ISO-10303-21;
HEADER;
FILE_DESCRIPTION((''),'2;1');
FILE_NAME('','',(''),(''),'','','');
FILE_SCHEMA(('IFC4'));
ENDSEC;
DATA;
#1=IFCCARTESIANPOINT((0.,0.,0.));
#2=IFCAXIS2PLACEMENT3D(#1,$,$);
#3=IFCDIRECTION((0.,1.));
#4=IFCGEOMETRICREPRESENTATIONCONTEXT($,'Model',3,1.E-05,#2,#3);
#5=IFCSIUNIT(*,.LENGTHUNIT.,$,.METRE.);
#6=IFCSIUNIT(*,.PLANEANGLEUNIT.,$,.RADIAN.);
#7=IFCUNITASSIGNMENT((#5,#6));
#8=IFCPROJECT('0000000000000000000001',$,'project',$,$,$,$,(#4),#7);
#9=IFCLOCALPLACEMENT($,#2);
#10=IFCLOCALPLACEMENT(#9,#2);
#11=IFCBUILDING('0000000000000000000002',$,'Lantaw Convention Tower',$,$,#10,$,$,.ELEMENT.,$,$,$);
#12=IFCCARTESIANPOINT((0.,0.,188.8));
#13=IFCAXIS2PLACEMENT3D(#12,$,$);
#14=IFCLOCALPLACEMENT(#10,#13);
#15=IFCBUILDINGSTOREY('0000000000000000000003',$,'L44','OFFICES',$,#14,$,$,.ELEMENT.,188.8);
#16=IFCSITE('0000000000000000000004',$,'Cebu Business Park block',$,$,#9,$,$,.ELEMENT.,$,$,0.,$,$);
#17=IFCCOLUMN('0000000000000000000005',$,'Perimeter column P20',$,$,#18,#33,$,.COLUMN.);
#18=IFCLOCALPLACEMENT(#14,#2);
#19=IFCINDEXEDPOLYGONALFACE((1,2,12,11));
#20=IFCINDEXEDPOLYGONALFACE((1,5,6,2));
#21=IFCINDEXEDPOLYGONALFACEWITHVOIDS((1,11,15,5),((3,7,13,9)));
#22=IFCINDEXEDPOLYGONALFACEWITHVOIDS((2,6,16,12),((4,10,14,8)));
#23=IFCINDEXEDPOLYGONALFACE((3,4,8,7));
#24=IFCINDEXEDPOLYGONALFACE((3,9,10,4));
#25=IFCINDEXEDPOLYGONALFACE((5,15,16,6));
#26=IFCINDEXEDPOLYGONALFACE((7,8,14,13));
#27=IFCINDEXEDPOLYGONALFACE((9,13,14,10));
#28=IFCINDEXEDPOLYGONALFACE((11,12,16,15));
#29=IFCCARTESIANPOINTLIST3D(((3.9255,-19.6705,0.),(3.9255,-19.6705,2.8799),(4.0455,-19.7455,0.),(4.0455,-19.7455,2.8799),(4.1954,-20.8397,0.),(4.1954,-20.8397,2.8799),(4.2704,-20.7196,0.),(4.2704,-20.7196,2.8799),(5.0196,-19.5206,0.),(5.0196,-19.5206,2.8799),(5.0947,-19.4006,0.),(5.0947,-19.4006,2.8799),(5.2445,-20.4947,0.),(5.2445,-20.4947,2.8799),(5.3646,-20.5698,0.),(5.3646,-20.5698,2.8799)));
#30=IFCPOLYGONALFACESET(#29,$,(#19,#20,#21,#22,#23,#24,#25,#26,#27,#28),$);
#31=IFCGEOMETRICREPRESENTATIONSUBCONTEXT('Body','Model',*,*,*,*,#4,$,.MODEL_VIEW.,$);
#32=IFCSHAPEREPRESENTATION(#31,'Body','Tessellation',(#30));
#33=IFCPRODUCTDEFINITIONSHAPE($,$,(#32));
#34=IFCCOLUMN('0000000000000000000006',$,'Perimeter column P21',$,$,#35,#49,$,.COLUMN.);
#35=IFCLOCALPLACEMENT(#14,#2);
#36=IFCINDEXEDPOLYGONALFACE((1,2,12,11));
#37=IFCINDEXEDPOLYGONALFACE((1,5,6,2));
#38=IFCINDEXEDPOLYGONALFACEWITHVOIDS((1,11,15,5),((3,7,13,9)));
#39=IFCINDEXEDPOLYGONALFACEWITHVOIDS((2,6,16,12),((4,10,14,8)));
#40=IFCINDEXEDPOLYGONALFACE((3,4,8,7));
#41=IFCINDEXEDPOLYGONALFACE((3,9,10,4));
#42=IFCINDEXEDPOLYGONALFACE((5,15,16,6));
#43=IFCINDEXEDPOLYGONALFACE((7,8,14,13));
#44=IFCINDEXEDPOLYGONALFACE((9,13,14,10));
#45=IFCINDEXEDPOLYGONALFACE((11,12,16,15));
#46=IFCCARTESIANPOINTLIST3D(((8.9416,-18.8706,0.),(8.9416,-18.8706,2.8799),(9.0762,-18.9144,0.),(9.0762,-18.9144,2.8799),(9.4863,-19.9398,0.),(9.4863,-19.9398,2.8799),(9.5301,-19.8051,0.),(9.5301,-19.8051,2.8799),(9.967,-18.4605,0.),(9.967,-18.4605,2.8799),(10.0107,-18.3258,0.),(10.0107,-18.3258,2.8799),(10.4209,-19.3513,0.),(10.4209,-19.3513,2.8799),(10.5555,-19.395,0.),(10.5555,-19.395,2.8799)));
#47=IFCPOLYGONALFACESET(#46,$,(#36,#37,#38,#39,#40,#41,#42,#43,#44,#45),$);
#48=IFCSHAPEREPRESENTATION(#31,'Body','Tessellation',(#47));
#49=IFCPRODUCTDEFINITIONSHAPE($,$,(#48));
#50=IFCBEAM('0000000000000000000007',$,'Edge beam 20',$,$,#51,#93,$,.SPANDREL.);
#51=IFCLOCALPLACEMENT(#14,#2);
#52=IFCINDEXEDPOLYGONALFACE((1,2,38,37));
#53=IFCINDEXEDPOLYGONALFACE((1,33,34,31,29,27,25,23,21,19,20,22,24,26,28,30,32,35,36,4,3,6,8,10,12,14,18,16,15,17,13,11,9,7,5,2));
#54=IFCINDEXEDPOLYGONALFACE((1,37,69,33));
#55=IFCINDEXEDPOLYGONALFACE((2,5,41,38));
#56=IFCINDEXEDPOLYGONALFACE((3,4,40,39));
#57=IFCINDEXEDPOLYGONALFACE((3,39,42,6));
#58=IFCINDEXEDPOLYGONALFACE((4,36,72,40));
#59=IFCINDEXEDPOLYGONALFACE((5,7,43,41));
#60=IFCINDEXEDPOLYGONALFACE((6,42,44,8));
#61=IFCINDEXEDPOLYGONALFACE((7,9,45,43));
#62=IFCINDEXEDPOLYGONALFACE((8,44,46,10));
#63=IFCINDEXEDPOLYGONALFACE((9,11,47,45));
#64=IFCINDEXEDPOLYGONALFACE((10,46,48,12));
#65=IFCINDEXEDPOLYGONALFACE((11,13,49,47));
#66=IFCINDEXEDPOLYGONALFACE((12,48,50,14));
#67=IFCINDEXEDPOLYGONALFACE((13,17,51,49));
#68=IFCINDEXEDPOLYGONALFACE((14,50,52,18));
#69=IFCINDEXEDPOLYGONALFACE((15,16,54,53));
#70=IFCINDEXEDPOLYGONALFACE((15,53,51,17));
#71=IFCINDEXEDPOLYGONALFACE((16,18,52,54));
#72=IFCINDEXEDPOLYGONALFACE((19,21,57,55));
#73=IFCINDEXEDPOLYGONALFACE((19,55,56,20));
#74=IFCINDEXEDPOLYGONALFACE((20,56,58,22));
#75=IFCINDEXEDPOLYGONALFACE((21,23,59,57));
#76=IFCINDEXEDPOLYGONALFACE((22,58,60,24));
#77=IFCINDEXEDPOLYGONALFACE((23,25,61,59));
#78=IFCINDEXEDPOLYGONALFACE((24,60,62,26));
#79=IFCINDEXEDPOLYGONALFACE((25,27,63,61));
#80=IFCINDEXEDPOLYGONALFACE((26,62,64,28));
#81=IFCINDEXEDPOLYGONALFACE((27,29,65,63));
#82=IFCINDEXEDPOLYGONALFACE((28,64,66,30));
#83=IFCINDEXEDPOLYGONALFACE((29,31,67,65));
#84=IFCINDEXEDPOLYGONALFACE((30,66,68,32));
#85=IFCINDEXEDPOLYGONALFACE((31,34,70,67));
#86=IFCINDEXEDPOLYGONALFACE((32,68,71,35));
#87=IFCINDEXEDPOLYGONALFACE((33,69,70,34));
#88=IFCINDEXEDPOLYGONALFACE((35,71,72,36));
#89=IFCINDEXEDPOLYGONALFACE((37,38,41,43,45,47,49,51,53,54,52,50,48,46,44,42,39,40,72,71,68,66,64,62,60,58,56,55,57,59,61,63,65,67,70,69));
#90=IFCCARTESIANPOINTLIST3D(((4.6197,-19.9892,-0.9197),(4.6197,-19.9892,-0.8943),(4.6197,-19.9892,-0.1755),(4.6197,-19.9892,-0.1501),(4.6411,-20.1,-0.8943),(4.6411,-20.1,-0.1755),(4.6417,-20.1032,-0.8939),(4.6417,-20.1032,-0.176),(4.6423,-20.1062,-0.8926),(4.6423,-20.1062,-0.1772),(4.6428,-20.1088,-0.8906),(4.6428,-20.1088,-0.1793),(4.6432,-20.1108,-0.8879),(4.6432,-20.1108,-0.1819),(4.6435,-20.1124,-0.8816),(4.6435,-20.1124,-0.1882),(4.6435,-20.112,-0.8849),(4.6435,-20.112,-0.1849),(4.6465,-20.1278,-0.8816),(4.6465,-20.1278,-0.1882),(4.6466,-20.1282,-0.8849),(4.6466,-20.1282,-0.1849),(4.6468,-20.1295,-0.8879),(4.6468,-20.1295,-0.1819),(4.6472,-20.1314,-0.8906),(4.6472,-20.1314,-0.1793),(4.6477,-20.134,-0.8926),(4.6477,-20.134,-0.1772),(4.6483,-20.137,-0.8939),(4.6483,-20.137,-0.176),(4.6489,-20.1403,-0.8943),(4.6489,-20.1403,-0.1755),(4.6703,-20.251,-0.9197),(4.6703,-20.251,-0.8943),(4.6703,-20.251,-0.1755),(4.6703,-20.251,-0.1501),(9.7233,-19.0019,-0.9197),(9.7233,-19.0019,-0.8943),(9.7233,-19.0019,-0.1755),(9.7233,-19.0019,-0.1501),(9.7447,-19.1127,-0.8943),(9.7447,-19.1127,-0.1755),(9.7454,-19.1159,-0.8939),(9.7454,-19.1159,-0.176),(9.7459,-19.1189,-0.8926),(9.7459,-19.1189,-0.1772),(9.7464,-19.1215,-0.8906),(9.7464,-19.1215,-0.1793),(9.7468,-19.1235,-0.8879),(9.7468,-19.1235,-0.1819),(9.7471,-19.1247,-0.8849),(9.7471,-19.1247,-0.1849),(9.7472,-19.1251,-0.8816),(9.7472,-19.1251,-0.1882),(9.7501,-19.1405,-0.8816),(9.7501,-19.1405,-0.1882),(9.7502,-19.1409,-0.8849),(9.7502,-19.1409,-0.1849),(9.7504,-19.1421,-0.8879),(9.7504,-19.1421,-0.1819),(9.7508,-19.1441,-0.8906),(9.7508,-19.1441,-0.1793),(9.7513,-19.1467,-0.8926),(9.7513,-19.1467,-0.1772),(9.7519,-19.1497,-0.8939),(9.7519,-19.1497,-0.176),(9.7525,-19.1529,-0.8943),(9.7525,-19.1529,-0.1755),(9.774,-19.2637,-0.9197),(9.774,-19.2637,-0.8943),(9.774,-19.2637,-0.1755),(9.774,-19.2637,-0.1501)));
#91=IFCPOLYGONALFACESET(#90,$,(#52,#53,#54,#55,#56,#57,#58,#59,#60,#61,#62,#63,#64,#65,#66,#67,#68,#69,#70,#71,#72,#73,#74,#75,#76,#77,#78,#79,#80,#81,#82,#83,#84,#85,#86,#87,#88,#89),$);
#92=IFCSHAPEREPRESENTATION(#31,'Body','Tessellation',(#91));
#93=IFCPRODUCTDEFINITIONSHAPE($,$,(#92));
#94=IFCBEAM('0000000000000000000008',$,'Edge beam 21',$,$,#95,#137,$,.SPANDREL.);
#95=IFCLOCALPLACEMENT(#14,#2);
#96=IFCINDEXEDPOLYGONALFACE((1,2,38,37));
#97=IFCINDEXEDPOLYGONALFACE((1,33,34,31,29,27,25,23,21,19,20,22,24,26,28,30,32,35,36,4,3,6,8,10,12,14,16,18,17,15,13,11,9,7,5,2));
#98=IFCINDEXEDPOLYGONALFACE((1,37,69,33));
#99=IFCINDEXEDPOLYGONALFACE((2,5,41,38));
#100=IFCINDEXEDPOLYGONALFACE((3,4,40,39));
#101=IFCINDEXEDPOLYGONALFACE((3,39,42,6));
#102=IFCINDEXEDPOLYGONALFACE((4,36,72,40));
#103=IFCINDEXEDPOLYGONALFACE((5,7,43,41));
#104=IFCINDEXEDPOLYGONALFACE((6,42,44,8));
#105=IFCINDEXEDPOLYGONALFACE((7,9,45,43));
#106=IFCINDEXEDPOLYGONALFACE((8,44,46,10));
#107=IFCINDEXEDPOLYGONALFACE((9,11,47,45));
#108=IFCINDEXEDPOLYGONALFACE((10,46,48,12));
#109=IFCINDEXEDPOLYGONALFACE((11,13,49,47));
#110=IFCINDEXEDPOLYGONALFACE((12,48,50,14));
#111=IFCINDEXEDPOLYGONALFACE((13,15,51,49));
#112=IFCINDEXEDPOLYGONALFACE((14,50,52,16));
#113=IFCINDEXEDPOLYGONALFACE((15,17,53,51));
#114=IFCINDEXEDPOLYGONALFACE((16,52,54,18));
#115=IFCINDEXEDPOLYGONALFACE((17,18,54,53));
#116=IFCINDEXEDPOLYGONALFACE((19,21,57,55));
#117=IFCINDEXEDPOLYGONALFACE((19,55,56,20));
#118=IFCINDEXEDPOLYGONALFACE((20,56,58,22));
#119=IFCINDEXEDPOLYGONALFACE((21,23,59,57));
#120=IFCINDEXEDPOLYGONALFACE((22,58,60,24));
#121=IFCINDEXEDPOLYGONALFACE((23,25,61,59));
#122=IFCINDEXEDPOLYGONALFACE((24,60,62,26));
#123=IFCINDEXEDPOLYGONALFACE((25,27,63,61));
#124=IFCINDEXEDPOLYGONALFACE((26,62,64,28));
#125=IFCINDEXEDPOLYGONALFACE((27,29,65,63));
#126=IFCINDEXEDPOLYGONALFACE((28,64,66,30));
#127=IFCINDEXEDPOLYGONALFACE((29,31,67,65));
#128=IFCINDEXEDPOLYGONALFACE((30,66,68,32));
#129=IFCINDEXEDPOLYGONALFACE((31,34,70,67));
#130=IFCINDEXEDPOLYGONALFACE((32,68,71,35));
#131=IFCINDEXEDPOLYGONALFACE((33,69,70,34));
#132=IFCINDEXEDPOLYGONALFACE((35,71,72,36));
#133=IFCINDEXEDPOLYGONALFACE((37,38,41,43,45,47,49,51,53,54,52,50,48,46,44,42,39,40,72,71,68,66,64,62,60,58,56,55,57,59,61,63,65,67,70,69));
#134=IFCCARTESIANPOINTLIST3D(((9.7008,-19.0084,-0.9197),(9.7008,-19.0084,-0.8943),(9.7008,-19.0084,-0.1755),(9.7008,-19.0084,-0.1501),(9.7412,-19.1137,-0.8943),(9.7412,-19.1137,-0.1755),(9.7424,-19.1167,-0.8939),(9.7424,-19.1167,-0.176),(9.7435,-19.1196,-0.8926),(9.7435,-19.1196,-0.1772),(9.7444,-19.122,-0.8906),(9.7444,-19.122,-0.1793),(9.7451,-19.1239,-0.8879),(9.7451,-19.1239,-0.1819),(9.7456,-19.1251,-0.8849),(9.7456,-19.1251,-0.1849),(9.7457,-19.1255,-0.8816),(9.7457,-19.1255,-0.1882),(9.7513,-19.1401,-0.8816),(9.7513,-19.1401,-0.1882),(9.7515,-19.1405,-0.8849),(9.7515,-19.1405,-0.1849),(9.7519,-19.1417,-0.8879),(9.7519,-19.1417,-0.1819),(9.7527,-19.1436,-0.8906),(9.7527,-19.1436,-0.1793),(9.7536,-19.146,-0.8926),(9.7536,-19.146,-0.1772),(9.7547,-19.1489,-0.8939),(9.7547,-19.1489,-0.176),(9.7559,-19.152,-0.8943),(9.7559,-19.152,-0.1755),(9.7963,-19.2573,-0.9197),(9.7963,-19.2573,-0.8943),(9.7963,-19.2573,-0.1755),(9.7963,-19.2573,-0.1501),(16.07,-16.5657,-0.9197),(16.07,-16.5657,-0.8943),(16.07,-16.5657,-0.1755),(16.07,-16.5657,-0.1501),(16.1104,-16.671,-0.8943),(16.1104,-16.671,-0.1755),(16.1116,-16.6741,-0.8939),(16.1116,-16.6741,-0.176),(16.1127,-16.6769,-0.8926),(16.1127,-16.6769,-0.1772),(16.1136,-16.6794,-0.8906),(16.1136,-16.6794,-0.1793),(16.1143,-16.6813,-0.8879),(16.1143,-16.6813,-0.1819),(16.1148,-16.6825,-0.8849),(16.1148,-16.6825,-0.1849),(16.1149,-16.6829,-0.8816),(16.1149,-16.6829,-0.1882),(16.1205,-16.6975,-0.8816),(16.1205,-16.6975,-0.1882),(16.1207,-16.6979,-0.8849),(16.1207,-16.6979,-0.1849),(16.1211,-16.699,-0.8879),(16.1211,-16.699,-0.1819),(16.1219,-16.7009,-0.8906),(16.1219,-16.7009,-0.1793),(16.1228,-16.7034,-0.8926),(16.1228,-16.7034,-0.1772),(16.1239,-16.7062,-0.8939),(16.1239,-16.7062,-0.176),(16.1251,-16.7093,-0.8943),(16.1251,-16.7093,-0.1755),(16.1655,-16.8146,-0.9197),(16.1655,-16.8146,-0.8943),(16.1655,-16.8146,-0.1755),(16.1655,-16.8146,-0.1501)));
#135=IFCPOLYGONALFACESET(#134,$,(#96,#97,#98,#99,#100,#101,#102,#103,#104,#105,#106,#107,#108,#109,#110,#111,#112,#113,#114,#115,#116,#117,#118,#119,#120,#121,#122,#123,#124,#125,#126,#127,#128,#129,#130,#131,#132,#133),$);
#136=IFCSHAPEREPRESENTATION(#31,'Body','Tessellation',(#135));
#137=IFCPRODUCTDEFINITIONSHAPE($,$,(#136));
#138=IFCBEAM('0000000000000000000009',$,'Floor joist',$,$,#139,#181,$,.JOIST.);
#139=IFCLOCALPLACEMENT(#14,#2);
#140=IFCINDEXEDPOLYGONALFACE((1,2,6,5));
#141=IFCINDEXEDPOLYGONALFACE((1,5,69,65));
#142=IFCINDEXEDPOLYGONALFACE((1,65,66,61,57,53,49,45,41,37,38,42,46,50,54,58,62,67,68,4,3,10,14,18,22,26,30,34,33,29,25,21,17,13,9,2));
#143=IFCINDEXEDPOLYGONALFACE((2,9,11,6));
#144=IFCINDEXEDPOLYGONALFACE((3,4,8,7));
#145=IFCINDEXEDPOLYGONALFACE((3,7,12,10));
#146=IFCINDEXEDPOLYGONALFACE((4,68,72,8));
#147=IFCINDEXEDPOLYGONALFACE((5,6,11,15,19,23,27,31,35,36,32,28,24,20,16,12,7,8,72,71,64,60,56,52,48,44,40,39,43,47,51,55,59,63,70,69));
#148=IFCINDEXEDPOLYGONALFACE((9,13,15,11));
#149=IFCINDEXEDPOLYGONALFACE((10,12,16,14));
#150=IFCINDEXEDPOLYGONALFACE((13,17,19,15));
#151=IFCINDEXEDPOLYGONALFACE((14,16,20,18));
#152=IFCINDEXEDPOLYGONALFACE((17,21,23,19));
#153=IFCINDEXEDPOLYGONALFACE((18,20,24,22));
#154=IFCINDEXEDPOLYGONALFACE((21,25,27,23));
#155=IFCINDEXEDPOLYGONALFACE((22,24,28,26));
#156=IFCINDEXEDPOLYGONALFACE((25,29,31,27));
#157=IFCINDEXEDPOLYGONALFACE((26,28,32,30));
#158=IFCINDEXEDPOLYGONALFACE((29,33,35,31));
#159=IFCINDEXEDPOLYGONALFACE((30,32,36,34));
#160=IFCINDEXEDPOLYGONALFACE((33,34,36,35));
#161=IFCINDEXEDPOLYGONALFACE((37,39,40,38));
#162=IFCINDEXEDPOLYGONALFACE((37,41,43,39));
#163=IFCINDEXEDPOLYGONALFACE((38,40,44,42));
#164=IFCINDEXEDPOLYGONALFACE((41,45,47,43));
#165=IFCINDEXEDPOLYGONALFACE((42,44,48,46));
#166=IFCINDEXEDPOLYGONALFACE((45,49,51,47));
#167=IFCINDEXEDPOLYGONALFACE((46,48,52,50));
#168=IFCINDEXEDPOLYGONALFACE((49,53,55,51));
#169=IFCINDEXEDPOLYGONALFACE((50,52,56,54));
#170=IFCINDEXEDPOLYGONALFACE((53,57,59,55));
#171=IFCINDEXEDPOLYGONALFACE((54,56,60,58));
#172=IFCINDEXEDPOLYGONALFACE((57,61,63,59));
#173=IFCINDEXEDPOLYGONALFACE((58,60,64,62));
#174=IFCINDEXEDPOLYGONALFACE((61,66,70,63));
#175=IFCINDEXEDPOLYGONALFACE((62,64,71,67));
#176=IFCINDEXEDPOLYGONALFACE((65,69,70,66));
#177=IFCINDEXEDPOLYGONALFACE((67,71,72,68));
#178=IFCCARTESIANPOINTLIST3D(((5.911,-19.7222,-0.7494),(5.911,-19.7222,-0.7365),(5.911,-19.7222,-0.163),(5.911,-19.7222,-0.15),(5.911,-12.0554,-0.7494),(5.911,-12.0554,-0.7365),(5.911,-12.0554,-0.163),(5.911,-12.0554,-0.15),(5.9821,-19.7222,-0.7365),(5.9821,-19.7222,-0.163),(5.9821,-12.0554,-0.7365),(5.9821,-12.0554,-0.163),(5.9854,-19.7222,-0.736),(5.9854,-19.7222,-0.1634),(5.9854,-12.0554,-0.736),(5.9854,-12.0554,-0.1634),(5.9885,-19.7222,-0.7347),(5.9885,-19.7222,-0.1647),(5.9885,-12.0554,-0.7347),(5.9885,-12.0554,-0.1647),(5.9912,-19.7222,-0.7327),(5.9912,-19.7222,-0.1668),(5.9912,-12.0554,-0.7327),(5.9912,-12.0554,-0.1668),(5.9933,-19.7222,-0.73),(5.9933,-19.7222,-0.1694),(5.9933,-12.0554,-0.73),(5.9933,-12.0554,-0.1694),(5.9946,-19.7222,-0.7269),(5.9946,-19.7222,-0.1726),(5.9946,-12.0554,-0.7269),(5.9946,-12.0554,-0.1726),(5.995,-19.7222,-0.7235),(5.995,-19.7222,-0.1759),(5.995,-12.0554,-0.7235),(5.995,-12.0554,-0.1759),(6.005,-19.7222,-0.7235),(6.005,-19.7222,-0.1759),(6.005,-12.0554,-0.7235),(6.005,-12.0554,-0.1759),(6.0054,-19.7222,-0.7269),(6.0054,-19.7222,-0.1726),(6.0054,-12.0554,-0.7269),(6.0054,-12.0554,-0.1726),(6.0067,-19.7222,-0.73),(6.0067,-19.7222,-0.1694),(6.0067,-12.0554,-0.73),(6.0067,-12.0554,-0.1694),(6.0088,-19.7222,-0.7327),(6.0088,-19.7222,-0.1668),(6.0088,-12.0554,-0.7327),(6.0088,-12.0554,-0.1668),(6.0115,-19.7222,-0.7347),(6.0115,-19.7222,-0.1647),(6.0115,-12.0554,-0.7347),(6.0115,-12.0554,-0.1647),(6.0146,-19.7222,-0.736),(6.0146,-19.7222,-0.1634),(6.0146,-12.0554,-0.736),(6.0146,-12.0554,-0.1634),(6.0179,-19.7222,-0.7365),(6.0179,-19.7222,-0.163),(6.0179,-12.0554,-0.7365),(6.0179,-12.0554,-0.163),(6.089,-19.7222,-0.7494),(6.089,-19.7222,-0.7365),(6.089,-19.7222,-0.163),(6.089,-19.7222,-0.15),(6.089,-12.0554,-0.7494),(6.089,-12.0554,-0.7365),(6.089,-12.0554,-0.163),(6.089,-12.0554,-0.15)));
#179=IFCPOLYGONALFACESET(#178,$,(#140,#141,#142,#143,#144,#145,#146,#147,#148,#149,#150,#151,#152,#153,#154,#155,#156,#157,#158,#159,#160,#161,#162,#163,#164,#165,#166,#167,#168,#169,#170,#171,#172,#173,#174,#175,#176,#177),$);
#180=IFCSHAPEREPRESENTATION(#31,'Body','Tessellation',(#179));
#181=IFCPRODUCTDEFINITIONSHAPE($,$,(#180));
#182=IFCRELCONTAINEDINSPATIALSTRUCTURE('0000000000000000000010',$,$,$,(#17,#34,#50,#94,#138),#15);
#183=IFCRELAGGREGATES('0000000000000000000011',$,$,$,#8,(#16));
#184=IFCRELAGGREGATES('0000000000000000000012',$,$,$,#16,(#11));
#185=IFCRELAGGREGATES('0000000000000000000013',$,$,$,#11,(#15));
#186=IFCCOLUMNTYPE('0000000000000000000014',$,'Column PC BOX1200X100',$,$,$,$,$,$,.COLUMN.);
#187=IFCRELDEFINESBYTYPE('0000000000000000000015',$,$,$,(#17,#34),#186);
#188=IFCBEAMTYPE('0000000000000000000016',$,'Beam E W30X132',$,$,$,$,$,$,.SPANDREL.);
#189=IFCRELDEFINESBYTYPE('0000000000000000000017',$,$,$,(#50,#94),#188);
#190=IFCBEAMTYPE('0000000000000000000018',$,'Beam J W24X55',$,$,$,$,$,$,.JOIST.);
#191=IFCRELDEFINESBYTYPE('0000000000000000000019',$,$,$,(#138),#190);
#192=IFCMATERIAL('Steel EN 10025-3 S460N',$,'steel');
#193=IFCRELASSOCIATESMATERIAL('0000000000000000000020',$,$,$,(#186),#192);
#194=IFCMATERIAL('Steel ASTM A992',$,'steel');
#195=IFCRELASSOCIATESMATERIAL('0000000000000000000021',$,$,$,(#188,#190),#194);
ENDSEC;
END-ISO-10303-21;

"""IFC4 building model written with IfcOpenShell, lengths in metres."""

from ifc_helpers import new_model, si_unit, direction, frame, origin, origin_2d, place, context, subcontext, project, spatial, rectangle, hollow_rectangle, i_section, extrude, material, material_profile, profile_set, type_object, element, save


model = new_model("IFC4")

# Units and contexts
model_context = context("Model", 3, precision=1e-05, world=origin(), true_north=direction((0.0, 1.0)))
body_context = subcontext(model_context, "Body", "Model", "MODEL_VIEW")
ifc_project = project(units=[si_unit("LENGTHUNIT", "METRE"), si_unit("PLANEANGLEUNIT", "RADIAN")], contexts=[model_context])

# Site, building, storey
site_placement = place(None, origin())
site = spatial("IfcSite", under=ifc_project, at=site_placement, Name="Cebu Business Park block", CompositionType="ELEMENT", RefElevation=0.0)
building_placement = place(site_placement, origin())
building = spatial("IfcBuilding", under=site, at=building_placement, Name="Lantaw Convention Tower", CompositionType="ELEMENT")
storey_placement = place(building_placement, frame((0.0, 0.0, 188.8)))
storey = spatial("IfcBuildingStorey", under=building, at=storey_placement, Name="L44", Description="OFFICES", CompositionType="ELEMENT", Elevation=188.8)

# Columns
ifc_material_1 = material(Name="Steel EN 10025-3 S460N", Category="steel")
ifc_material_profile_1 = material_profile(ifc_material_1, hollow_rectangle(XDim=1.2, YDim=1.2, WallThickness=0.1001, at=origin_2d()), Name="BOX1200X100")
ifc_material_2 = material(Name="Concrete C60/75", Category="concrete")
ifc_material_profile_2 = material_profile(ifc_material_2, rectangle(XDim=1.0, YDim=1.0, at=origin_2d()), Name="Concrete fill of BOX1200X100")
ifc_profile_set_1 = profile_set([ifc_material_profile_1, ifc_material_profile_2], Name="Steel EN 10025-3 S460N")
column_type = type_object("IfcColumnType", Name="Column PC BOX1200X100", PredefinedType="COLUMN", material=ifc_profile_set_1)
for number, where, z_axis, x_axis, name in (
    (1, (4.645, -20.1201, 0.0), (0.0, 0.0, 1.0), (0.97437, 0.224951, 0.0), "Perimeter column P20"),
    (2, (9.7485, -19.1328, 0.0), (0.0, 0.0, 1.0), (0.891007, 0.45399, 0.0), "Perimeter column P21"),
):
    element("IfcColumn", number, at=place(storey_placement, frame(where, z_axis=z_axis, x_axis=x_axis)), inside=storey, type_object=column_type, Name=name, PredefinedType="COLUMN", context=body_context, shape_type="SweptSolid", body=[
        extrude(hollow_rectangle(XDim=1.2, YDim=1.2, WallThickness=0.1001, at=origin_2d()), origin(), (0.0, 0.0, 1.0), 2.8799),
    ])

# Beams
ifc_material_3 = material(Name="Steel ASTM A992", Category="steel")
ifc_material_profile_3 = material_profile(ifc_material_3, i_section(OverallWidth=0.2666, OverallDepth=0.7695, WebThickness=0.0156, FlangeThickness=0.0254, FilletRadius=0.0127, at=origin_2d()), Name="W30X132")
ifc_profile_set_2 = profile_set([ifc_material_profile_3], Name="Steel ASTM A992")
beam_type_1 = type_object("IfcBeamType", Name="Beam E W30X132", PredefinedType="SPANDREL", material=ifc_profile_set_2)
beam_1_placement = place(storey_placement, frame((4.645, -20.1201, -0.5349), z_axis=(0.981797, 0.189934, 0.0), x_axis=(-0.189934, 0.981797, 0.0)))
element("IfcBeam", 3, at=beam_1_placement, inside=storey, type_object=beam_type_1, Name="Edge beam 20", PredefinedType="SPANDREL", context=body_context, shape_type="SweptSolid", body=[
    extrude(i_section(OverallWidth=0.2666, OverallDepth=0.7695, WebThickness=0.0156, FlangeThickness=0.0254, FilletRadius=0.0127, at=origin_2d()), origin(), (0.0, 0.0, 1.0), 5.1982),
])
beam_2_placement = place(storey_placement, frame((9.7485, -19.1328, -0.5349), z_axis=(0.933691, 0.35808, 0.0), x_axis=(-0.35808, 0.933691, 0.0)))
element("IfcBeam", 4, at=beam_2_placement, inside=storey, type_object=beam_type_1, Name="Edge beam 21", PredefinedType="SPANDREL", context=body_context, shape_type="SweptSolid", body=[
    extrude(i_section(OverallWidth=0.2666, OverallDepth=0.7695, WebThickness=0.0156, FlangeThickness=0.0254, FilletRadius=0.0127, at=origin_2d()), origin(), (0.0, 0.0, 1.0), 6.8215),
])
ifc_material_profile_4 = material_profile(ifc_material_3, i_section(OverallWidth=0.178, OverallDepth=0.5994, WebThickness=0.01, FlangeThickness=0.0129, FilletRadius=0.0129, at=origin_2d()), Name="W24X55")
ifc_profile_set_3 = profile_set([ifc_material_profile_4], Name="Steel ASTM A992")
beam_type_2 = type_object("IfcBeamType", Name="Beam J W24X55", PredefinedType="JOIST", material=ifc_profile_set_3)
beam_3_placement = place(storey_placement, frame((6.0, -19.7222, -0.4497), z_axis=(0.0, 1.0, 0.0), x_axis=(-1.0, 0.0, 0.0)))
element("IfcBeam", 5, at=beam_3_placement, inside=storey, type_object=beam_type_2, Name="Floor joist", PredefinedType="JOIST", context=body_context, shape_type="SweptSolid", body=[
    extrude(i_section(OverallWidth=0.178, OverallDepth=0.5994, WebThickness=0.01, FlangeThickness=0.0129, FilletRadius=0.0129, at=origin_2d()), origin(), (0.0, 0.0, 1.0), 7.6667),
])

save(model, "model.ifc")
